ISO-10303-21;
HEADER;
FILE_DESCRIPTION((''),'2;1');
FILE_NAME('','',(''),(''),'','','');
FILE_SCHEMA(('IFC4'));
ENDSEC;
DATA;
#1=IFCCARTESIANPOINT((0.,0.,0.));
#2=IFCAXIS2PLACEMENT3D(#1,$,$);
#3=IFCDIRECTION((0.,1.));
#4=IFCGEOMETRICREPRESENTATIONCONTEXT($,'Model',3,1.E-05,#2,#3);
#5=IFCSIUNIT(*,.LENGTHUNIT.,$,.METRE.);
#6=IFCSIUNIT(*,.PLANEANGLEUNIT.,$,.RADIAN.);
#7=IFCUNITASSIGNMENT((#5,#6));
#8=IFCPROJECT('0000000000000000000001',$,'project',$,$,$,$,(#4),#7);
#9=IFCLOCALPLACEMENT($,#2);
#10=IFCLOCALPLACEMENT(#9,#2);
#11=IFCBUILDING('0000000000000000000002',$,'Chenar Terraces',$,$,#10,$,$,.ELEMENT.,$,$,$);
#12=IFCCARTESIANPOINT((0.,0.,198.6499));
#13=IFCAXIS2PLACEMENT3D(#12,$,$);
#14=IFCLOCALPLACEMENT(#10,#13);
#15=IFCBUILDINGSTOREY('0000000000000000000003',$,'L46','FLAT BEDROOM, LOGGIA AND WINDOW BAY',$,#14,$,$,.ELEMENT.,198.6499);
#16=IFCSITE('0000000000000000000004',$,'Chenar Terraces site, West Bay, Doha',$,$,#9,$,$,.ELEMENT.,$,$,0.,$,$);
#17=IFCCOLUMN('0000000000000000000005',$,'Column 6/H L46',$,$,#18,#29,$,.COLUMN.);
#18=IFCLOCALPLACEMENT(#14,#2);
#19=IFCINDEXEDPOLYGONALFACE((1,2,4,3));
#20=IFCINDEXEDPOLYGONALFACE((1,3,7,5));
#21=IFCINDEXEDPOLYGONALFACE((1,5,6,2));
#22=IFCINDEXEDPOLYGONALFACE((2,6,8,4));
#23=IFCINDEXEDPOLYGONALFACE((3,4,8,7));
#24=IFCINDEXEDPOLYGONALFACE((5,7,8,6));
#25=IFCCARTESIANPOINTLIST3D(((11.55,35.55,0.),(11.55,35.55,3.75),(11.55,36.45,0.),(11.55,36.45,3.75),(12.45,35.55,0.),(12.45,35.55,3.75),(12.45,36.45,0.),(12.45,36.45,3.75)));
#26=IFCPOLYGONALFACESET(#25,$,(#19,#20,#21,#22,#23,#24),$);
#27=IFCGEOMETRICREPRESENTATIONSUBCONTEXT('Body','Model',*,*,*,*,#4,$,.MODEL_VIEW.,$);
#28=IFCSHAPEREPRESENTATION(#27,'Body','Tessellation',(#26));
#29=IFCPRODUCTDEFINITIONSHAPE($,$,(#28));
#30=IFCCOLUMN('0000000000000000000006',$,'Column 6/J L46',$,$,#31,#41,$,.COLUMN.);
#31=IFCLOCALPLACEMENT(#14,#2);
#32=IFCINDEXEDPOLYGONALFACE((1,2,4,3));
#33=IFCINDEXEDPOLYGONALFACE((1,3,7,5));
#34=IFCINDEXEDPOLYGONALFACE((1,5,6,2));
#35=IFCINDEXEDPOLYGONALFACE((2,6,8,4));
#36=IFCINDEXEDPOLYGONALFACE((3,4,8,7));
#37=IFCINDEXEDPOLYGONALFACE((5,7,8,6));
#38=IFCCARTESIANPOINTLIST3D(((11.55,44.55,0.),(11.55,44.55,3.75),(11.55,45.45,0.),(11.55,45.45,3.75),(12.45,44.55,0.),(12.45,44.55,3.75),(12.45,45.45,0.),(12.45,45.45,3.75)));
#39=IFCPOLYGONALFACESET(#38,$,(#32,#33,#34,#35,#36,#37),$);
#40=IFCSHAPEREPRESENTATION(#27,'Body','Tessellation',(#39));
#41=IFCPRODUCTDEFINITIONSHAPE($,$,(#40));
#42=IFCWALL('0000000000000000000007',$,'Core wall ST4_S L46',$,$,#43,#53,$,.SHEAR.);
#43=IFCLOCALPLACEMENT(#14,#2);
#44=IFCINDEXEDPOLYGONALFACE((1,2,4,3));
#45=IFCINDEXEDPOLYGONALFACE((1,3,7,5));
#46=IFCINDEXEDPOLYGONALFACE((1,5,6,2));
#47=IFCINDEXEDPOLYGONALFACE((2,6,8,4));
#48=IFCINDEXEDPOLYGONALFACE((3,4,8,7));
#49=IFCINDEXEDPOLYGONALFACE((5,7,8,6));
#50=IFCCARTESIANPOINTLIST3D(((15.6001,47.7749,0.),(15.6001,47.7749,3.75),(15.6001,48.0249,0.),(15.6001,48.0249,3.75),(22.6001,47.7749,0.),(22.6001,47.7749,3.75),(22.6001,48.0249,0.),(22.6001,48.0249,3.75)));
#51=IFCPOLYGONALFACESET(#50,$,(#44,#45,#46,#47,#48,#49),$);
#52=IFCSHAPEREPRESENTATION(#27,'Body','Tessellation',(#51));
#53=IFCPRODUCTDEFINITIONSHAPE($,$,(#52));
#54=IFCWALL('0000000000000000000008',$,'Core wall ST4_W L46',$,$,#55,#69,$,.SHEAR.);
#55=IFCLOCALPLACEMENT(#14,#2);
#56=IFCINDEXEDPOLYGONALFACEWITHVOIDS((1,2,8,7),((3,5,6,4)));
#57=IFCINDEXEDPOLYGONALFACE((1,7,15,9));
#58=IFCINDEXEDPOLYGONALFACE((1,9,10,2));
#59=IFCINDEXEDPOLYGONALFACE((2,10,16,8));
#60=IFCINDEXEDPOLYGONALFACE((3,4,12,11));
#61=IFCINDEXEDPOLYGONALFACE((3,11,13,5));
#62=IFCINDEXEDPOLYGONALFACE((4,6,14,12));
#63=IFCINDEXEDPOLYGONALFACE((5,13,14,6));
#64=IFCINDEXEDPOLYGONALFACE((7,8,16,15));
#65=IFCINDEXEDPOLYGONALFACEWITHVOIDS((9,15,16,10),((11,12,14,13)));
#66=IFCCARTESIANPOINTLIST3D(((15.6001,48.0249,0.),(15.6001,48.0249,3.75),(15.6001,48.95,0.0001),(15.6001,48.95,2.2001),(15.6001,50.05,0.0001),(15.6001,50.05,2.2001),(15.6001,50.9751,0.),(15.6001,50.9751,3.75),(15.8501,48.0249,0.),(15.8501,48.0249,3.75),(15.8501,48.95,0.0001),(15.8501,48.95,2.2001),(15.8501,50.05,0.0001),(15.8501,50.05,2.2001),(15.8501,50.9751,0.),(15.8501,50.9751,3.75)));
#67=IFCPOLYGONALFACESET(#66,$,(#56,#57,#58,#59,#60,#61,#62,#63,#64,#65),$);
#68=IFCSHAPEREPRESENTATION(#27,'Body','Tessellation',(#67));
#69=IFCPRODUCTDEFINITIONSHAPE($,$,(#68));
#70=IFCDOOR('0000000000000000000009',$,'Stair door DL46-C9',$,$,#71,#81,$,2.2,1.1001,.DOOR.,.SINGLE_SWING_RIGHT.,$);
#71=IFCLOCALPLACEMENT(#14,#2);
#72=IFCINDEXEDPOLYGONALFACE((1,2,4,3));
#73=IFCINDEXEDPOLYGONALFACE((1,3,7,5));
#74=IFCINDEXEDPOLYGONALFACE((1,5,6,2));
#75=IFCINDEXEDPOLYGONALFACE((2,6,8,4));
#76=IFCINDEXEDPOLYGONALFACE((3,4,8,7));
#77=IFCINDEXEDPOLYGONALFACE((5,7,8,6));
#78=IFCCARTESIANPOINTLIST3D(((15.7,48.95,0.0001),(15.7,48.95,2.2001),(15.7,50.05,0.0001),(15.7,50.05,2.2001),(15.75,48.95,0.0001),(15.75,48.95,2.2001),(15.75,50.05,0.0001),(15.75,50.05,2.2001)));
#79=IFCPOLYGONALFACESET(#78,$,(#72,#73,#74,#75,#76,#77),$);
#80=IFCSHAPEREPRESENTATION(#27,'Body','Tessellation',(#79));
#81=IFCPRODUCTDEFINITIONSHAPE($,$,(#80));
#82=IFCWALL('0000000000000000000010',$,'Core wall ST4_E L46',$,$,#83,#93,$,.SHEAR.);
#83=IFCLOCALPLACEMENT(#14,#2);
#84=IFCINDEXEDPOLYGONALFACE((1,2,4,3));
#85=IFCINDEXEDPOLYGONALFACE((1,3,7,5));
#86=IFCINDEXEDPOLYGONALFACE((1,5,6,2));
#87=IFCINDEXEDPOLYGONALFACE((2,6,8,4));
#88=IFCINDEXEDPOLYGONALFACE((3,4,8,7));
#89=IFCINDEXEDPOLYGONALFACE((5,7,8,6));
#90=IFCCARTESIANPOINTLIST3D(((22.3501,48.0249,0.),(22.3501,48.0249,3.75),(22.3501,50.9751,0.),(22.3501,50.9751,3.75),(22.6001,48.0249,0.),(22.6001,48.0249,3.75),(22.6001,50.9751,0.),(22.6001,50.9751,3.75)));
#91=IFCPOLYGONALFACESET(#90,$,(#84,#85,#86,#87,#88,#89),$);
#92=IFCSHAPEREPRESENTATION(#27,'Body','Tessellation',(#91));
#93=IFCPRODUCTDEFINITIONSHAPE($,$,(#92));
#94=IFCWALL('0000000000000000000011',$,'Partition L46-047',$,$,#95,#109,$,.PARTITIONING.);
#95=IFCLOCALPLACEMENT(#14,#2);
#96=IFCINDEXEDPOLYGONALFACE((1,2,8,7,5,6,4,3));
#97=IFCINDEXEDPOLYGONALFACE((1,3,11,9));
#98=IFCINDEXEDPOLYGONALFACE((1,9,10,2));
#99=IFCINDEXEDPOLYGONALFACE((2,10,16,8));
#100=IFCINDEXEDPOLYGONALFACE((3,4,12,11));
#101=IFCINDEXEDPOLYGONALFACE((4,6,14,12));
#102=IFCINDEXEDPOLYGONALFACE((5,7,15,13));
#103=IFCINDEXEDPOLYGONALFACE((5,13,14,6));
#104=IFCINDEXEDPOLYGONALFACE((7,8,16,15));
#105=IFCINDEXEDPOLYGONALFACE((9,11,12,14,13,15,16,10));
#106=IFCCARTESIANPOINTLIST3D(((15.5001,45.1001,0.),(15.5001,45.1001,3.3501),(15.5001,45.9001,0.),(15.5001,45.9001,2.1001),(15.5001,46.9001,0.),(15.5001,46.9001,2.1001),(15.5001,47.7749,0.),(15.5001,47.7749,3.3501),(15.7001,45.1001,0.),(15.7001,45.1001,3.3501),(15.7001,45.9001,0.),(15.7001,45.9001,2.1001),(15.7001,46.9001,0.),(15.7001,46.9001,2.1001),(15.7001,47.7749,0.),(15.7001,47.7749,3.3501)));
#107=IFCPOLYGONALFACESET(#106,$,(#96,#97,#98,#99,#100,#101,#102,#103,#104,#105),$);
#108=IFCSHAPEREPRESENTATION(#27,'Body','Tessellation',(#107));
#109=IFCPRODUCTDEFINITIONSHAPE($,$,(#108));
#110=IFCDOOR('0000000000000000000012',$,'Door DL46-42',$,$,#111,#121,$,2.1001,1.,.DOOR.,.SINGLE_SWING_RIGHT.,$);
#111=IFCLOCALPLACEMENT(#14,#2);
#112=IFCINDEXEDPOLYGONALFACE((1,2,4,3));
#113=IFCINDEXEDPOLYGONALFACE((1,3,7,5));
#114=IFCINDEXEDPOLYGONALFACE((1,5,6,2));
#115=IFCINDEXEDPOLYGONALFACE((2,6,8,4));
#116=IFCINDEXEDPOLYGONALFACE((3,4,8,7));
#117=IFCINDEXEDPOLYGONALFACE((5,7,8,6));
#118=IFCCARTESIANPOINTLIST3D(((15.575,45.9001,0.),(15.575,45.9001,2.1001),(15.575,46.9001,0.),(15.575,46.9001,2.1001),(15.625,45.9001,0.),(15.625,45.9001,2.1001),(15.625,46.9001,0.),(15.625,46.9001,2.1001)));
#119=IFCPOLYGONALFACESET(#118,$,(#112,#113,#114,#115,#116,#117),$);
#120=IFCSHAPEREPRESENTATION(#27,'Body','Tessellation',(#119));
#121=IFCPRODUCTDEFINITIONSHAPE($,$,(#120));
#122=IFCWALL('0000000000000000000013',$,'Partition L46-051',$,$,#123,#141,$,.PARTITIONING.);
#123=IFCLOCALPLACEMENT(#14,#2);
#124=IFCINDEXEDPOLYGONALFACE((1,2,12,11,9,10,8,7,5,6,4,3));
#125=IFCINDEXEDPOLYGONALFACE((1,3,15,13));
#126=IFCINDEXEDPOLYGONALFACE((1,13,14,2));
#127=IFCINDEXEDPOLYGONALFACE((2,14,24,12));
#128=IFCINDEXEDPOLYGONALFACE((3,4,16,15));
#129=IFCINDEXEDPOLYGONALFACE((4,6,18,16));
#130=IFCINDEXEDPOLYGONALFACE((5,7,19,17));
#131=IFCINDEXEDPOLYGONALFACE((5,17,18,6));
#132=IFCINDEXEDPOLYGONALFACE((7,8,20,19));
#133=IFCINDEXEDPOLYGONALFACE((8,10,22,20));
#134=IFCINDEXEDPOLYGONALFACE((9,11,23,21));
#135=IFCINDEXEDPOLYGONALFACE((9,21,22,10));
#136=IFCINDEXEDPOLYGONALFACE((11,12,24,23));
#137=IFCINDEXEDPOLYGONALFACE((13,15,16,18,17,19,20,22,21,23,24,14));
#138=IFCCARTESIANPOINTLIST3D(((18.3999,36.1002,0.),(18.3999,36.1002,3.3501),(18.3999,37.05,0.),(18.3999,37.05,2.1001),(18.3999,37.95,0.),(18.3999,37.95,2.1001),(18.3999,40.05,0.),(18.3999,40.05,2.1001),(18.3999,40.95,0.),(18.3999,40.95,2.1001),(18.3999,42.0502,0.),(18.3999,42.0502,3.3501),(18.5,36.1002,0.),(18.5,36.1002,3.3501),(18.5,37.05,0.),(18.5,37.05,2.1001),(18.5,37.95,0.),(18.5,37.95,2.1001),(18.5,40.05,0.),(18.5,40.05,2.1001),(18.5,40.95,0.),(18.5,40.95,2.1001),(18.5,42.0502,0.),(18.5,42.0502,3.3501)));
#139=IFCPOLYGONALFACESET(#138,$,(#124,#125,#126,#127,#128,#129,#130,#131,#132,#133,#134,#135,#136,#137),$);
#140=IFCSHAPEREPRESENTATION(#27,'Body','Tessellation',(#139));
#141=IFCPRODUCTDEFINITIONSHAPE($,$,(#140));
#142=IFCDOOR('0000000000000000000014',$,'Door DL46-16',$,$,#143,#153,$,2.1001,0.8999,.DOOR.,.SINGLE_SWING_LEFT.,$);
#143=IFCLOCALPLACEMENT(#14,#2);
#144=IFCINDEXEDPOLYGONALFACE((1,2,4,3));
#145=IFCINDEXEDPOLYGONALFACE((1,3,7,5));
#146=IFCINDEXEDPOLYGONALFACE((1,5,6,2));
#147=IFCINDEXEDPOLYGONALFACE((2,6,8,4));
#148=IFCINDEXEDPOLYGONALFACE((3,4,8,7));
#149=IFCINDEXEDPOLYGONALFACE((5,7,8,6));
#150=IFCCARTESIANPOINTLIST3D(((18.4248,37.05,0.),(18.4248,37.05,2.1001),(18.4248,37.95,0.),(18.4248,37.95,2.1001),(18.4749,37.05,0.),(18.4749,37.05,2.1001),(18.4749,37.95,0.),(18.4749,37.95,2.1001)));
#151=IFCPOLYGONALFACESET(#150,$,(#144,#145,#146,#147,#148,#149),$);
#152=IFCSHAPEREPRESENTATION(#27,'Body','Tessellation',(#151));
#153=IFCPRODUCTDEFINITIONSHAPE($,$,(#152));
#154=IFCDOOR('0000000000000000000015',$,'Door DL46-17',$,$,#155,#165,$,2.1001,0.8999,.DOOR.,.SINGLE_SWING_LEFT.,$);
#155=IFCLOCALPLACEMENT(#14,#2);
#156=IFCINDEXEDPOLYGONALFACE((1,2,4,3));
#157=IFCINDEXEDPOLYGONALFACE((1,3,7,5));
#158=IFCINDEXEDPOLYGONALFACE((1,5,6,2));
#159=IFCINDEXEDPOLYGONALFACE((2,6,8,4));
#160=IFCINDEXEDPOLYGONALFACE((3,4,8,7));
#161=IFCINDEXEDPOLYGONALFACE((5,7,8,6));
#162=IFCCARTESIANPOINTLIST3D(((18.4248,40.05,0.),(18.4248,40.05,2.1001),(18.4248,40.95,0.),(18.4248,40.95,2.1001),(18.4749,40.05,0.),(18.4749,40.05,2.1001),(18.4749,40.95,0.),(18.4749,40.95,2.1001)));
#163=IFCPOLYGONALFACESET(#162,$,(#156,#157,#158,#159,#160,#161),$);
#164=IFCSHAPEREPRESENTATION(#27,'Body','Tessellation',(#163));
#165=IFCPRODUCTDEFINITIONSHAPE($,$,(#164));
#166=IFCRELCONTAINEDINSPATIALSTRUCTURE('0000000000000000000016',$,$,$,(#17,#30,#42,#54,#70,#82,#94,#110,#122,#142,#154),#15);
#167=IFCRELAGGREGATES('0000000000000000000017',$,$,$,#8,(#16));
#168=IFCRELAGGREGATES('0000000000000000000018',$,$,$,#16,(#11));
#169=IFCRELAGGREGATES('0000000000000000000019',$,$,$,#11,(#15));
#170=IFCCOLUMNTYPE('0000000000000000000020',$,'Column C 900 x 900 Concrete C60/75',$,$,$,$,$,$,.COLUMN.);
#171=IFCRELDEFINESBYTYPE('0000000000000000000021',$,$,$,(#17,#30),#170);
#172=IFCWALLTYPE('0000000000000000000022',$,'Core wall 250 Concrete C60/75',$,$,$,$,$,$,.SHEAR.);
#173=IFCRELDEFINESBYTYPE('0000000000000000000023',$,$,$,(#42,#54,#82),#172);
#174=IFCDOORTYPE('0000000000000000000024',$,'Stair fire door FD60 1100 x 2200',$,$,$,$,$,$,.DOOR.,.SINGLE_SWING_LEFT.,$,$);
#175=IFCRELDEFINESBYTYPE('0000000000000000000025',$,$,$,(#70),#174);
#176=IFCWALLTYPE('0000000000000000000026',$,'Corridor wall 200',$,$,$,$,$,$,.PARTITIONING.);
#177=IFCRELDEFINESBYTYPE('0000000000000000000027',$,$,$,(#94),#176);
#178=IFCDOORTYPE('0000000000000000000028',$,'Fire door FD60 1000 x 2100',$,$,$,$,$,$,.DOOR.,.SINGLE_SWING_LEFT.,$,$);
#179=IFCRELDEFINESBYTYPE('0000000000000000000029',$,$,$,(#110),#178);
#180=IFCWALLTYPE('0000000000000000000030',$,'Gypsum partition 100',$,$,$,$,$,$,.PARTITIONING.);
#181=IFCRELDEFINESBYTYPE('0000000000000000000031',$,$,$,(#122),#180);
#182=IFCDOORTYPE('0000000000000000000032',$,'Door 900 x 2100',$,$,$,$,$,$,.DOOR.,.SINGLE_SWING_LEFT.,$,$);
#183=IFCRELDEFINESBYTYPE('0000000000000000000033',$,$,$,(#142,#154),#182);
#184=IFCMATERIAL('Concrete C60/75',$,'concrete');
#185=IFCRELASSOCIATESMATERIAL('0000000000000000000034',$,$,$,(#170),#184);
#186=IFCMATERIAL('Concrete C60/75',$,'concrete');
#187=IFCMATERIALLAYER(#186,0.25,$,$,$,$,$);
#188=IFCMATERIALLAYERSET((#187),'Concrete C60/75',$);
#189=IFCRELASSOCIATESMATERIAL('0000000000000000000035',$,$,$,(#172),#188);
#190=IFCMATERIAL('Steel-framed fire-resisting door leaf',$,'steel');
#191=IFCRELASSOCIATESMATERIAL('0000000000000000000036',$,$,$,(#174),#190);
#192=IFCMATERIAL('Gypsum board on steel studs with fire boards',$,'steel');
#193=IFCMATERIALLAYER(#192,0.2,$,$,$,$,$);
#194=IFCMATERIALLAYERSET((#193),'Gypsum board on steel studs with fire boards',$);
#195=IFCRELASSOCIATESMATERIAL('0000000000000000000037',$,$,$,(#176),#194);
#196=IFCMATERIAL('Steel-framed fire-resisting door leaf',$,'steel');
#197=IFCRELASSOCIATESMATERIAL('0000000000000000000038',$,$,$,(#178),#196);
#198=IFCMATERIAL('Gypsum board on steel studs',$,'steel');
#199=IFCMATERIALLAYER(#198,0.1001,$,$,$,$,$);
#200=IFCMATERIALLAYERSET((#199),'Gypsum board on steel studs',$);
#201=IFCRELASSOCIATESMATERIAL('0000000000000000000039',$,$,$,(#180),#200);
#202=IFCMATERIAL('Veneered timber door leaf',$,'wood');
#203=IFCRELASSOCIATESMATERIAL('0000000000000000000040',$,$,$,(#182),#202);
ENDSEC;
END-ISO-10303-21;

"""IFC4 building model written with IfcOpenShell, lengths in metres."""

from ifc_helpers import new_model, si_unit, direction, frame, frame_2d, origin, origin_2d, place, context, subcontext, project, spatial, rectangle, extrude, material, layer, layer_set, material_profile, profile_set, type_object, element, fill, save


model = new_model("IFC4")

# Units and contexts
model_context = context("Model", 3, precision=1e-05, world=origin(), true_north=direction((0.0, 1.0)))
body_context = subcontext(model_context, "Body", "Model", "MODEL_VIEW")
ifc_project = project(units=[si_unit("LENGTHUNIT", "METRE"), si_unit("PLANEANGLEUNIT", "RADIAN")], contexts=[model_context])

# Site, building, storey
site_placement = place(None, origin())
site = spatial("IfcSite", under=ifc_project, at=site_placement, Name="Chenar Terraces site, West Bay, Doha", CompositionType="ELEMENT", RefElevation=0.0)
building_placement = place(site_placement, origin())
building = spatial("IfcBuilding", under=site, at=building_placement, Name="Chenar Terraces", CompositionType="ELEMENT")
storey_placement = place(building_placement, frame((0.0, 0.0, 198.6499)))
storey = spatial("IfcBuildingStorey", under=building, at=storey_placement, Name="L46", Description="FLAT BEDROOM, LOGGIA AND WINDOW BAY", CompositionType="ELEMENT", Elevation=198.6499)

# Columns
ifc_material_1 = material(Name="Concrete C60/75", Category="concrete")
ifc_material_profile = material_profile(ifc_material_1, rectangle(XDim=0.8999, YDim=0.8999, at=origin_2d()), Name="C 900 x 900")
ifc_profile_set = profile_set([ifc_material_profile], Name="Concrete C60/75")
column_type = type_object("IfcColumnType", Name="Column C 900 x 900 Concrete C60/75", PredefinedType="COLUMN", material=ifc_profile_set)
for number, where, z_axis, x_axis, name in (
    (1, (12.0, 36.0, 0.0), (0.0, 0.0, 1.0), (1.0, 0.0, 0.0), "Column 6/H L46"),
    (2, (12.0, 45.0, 0.0), (0.0, 0.0, 1.0), (1.0, 0.0, 0.0), "Column 6/J L46"),
):
    element("IfcColumn", number, at=place(storey_placement, frame(where, z_axis=z_axis, x_axis=x_axis)), inside=storey, type_object=column_type, Name=name, PredefinedType="COLUMN", context=body_context, shape_type="SweptSolid", body=[
        extrude(rectangle(XDim=0.8999, YDim=0.8999, at=origin_2d()), origin(), (0.0, 0.0, 1.0), 3.75),
    ])

# Wall
ifc_material_2 = material(Name="Concrete C60/75", Category="concrete")
ifc_layer_1 = layer(ifc_material_2, 0.25)
ifc_layer_set_1 = layer_set([ifc_layer_1], Name="Concrete C60/75")
wall_type_1 = type_object("IfcWallType", Name="Core wall 250 Concrete C60/75", PredefinedType="SHEAR", material=ifc_layer_set_1)
wall_1_placement = place(storey_placement, frame((15.6001, 47.8999, 0.0), z_axis=(0.0, 0.0, 1.0), x_axis=(1.0, 0.0, 0.0)))
element("IfcWall", 3, at=wall_1_placement, inside=storey, type_object=wall_type_1, Name="Core wall ST4_S L46", PredefinedType="SHEAR", context=body_context, shape_type="SweptSolid", body=[
    extrude(rectangle(XDim=7.0, YDim=0.25, at=frame_2d((3.5, 0.0))), origin(), (0.0, 0.0, 1.0), 3.75),
])

# Wall, opening, door
wall_2_placement = place(storey_placement, frame((15.7251, 48.0249, 0.0), z_axis=(0.0, 0.0, 1.0), x_axis=(0.0, 1.0, 0.0)))
wall_2 = element("IfcWall", 4, at=wall_2_placement, inside=storey, type_object=wall_type_1, Name="Core wall ST4_W L46", PredefinedType="SHEAR", context=body_context, shape_type="SweptSolid", body=[
    extrude(rectangle(XDim=2.9502, YDim=0.25, at=frame_2d((1.4751, 0.0))), origin(), (0.0, 0.0, 1.0), 3.75),
])
opening_1_placement = place(wall_2_placement, frame((0.925, 0.0, 0.0)))
opening_1 = element("IfcOpeningElement", 5, at=opening_1_placement, cuts=wall_2, PredefinedType="OPENING", context=body_context, shape_type="SweptSolid", body=[
    extrude(rectangle(XDim=1.1001, YDim=2.2, at=frame_2d((0.55, 1.1001))), frame((0.0, 0.135, 0.0), z_axis=(0.0, -1.0, 0.0), x_axis=(1.0, 0.0, 0.0)), (0.0, 0.0, 1.0), 0.27),
])
ifc_material_3 = material(Name="Steel-framed fire-resisting door leaf", Category="steel")
door_type_1 = type_object("IfcDoorType", Name="Stair fire door FD60 1100 x 2200", OperationType="SINGLE_SWING_LEFT", PredefinedType="DOOR", material=ifc_material_3)
door_1_placement = place(opening_1_placement, frame((1.1001, 0.0, 0.0), z_axis=(0.0, 0.0, 1.0), x_axis=(-1.0, 0.0, 0.0)))
door_1 = element("IfcDoor", 6, at=door_1_placement, inside=storey, type_object=door_type_1, Name="Stair door DL46-C9", OperationType="SINGLE_SWING_RIGHT", OverallHeight=2.2, OverallWidth=1.1001, PredefinedType="DOOR", context=body_context, shape_type="SweptSolid", body=[
    extrude(rectangle(XDim=1.1001, YDim=2.2, at=frame_2d((0.55, 1.1001))), frame((0.0, 0.0249, 0.0), z_axis=(0.0, -1.0, 0.0), x_axis=(1.0, 0.0, 0.0)), (0.0, 0.0, 1.0), 0.05),
])
fill(opening_1, door_1)

# Wall
wall_3_placement = place(storey_placement, frame((22.4751, 48.0249, 0.0), z_axis=(0.0, 0.0, 1.0), x_axis=(0.0, 1.0, 0.0)))
element("IfcWall", 7, at=wall_3_placement, inside=storey, type_object=wall_type_1, Name="Core wall ST4_E L46", PredefinedType="SHEAR", context=body_context, shape_type="SweptSolid", body=[
    extrude(rectangle(XDim=2.9502, YDim=0.25, at=frame_2d((1.4751, 0.0))), origin(), (0.0, 0.0, 1.0), 3.75),
])

# Wall, opening, door
ifc_material_4 = material(Name="Gypsum board on steel studs with fire boards", Category="steel")
ifc_layer_2 = layer(ifc_material_4, 0.2)
ifc_layer_set_2 = layer_set([ifc_layer_2], Name="Gypsum board on steel studs with fire boards")
wall_type_2 = type_object("IfcWallType", Name="Corridor wall 200", PredefinedType="PARTITIONING", material=ifc_layer_set_2)
wall_4_placement = place(storey_placement, frame((15.6001, 45.1001, 0.0), z_axis=(0.0, 0.0, 1.0), x_axis=(0.0, 1.0, 0.0)))
wall_4 = element("IfcWall", 8, at=wall_4_placement, inside=storey, type_object=wall_type_2, Name="Partition L46-047", PredefinedType="PARTITIONING", context=body_context, shape_type="SweptSolid", body=[
    extrude(rectangle(XDim=2.6748, YDim=0.2, at=frame_2d((1.3374, 0.0))), origin(), (0.0, 0.0, 1.0), 3.3501),
])
opening_2_placement = place(wall_4_placement, frame((0.8, 0.0, 0.0)))
opening_2 = element("IfcOpeningElement", 9, at=opening_2_placement, cuts=wall_4, PredefinedType="OPENING", context=body_context, shape_type="SweptSolid", body=[
    extrude(rectangle(XDim=1.0, YDim=2.1001, at=frame_2d((0.5, 1.05))), frame((0.0, 0.1099, 0.0), z_axis=(0.0, -1.0, 0.0), x_axis=(1.0, 0.0, 0.0)), (0.0, 0.0, 1.0), 0.22),
])
ifc_material_5 = material(Name="Steel-framed fire-resisting door leaf", Category="steel")
door_type_2 = type_object("IfcDoorType", Name="Fire door FD60 1000 x 2100", OperationType="SINGLE_SWING_LEFT", PredefinedType="DOOR", material=ifc_material_5)
door_2_placement = place(opening_2_placement, frame((1.0, 0.0, 0.0), z_axis=(0.0, 0.0, 1.0), x_axis=(-1.0, 0.0, 0.0)))
door_2 = element("IfcDoor", 10, at=door_2_placement, inside=storey, type_object=door_type_2, Name="Door DL46-42", OperationType="SINGLE_SWING_RIGHT", OverallHeight=2.1001, OverallWidth=1.0, PredefinedType="DOOR", context=body_context, shape_type="SweptSolid", body=[
    extrude(rectangle(XDim=1.0, YDim=2.1001, at=frame_2d((0.5, 1.05))), frame((0.0, 0.0249, 0.0), z_axis=(0.0, -1.0, 0.0), x_axis=(1.0, 0.0, 0.0)), (0.0, 0.0, 1.0), 0.05),
])
fill(opening_2, door_2)

# Wall, openings, doors
ifc_material_6 = material(Name="Gypsum board on steel studs", Category="steel")
ifc_layer_3 = layer(ifc_material_6, 0.1001)
ifc_layer_set_3 = layer_set([ifc_layer_3], Name="Gypsum board on steel studs")
wall_type_3 = type_object("IfcWallType", Name="Gypsum partition 100", PredefinedType="PARTITIONING", material=ifc_layer_set_3)
wall_5_placement = place(storey_placement, frame((18.45, 36.1001, 0.0), z_axis=(0.0, 0.0, 1.0), x_axis=(0.0, 1.0, 0.0)))
wall_5 = element("IfcWall", 11, at=wall_5_placement, inside=storey, type_object=wall_type_3, Name="Partition L46-051", PredefinedType="PARTITIONING", context=body_context, shape_type="SweptSolid", body=[
    extrude(rectangle(XDim=5.95, YDim=0.1001, at=frame_2d((2.9751, 0.0))), origin(), (0.0, 0.0, 1.0), 3.3501),
])
opening_3_placement = place(wall_5_placement, frame((0.95, 0.0, 0.0)))
opening_3 = element("IfcOpeningElement", 12, at=opening_3_placement, cuts=wall_5, PredefinedType="OPENING", context=body_context, shape_type="SweptSolid", body=[
    extrude(rectangle(XDim=0.8999, YDim=2.1001, at=frame_2d((0.45, 1.05))), frame((0.0, 0.0601, 0.0), z_axis=(0.0, -1.0, 0.0), x_axis=(1.0, 0.0, 0.0)), (0.0, 0.0, 1.0), 0.1201),
])
opening_4_placement = place(wall_5_placement, frame((3.95, 0.0, 0.0)))
opening_4 = element("IfcOpeningElement", 13, at=opening_4_placement, cuts=wall_5, PredefinedType="OPENING", context=body_context, shape_type="SweptSolid", body=[
    extrude(rectangle(XDim=0.8999, YDim=2.1001, at=frame_2d((0.45, 1.05))), frame((0.0, 0.0601, 0.0), z_axis=(0.0, -1.0, 0.0), x_axis=(1.0, 0.0, 0.0)), (0.0, 0.0, 1.0), 0.1201),
])
ifc_material_7 = material(Name="Veneered timber door leaf", Category="wood")
door_type_3 = type_object("IfcDoorType", Name="Door 900 x 2100", OperationType="SINGLE_SWING_LEFT", PredefinedType="DOOR", material=ifc_material_7)
door_3_placement = place(opening_3_placement, frame((0.8999, 0.0, 0.0), z_axis=(0.0, 0.0, 1.0), x_axis=(-1.0, 0.0, 0.0)))
door_3 = element("IfcDoor", 14, at=door_3_placement, inside=storey, type_object=door_type_3, Name="Door DL46-16", OperationType="SINGLE_SWING_LEFT", OverallHeight=2.1001, OverallWidth=0.8999, PredefinedType="DOOR", context=body_context, shape_type="SweptSolid", body=[
    extrude(rectangle(XDim=0.8999, YDim=2.1001, at=frame_2d((0.45, 1.05))), frame((0.0, 0.0249, 0.0), z_axis=(0.0, -1.0, 0.0), x_axis=(1.0, 0.0, 0.0)), (0.0, 0.0, 1.0), 0.05),
])
fill(opening_3, door_3)
door_4_placement = place(opening_4_placement, frame((0.8999, 0.0, 0.0), z_axis=(0.0, 0.0, 1.0), x_axis=(-1.0, 0.0, 0.0)))
door_4 = element("IfcDoor", 15, at=door_4_placement, inside=storey, type_object=door_type_3, Name="Door DL46-17", OperationType="SINGLE_SWING_LEFT", OverallHeight=2.1001, OverallWidth=0.8999, PredefinedType="DOOR", context=body_context, shape_type="SweptSolid", body=[
    extrude(rectangle(XDim=0.8999, YDim=2.1001, at=frame_2d((0.45, 1.05))), frame((0.0, 0.0249, 0.0), z_axis=(0.0, -1.0, 0.0), x_axis=(1.0, 0.0, 0.0)), (0.0, 0.0, 1.0), 0.05),
])
fill(opening_4, door_4)

save(model, "model.ifc")
